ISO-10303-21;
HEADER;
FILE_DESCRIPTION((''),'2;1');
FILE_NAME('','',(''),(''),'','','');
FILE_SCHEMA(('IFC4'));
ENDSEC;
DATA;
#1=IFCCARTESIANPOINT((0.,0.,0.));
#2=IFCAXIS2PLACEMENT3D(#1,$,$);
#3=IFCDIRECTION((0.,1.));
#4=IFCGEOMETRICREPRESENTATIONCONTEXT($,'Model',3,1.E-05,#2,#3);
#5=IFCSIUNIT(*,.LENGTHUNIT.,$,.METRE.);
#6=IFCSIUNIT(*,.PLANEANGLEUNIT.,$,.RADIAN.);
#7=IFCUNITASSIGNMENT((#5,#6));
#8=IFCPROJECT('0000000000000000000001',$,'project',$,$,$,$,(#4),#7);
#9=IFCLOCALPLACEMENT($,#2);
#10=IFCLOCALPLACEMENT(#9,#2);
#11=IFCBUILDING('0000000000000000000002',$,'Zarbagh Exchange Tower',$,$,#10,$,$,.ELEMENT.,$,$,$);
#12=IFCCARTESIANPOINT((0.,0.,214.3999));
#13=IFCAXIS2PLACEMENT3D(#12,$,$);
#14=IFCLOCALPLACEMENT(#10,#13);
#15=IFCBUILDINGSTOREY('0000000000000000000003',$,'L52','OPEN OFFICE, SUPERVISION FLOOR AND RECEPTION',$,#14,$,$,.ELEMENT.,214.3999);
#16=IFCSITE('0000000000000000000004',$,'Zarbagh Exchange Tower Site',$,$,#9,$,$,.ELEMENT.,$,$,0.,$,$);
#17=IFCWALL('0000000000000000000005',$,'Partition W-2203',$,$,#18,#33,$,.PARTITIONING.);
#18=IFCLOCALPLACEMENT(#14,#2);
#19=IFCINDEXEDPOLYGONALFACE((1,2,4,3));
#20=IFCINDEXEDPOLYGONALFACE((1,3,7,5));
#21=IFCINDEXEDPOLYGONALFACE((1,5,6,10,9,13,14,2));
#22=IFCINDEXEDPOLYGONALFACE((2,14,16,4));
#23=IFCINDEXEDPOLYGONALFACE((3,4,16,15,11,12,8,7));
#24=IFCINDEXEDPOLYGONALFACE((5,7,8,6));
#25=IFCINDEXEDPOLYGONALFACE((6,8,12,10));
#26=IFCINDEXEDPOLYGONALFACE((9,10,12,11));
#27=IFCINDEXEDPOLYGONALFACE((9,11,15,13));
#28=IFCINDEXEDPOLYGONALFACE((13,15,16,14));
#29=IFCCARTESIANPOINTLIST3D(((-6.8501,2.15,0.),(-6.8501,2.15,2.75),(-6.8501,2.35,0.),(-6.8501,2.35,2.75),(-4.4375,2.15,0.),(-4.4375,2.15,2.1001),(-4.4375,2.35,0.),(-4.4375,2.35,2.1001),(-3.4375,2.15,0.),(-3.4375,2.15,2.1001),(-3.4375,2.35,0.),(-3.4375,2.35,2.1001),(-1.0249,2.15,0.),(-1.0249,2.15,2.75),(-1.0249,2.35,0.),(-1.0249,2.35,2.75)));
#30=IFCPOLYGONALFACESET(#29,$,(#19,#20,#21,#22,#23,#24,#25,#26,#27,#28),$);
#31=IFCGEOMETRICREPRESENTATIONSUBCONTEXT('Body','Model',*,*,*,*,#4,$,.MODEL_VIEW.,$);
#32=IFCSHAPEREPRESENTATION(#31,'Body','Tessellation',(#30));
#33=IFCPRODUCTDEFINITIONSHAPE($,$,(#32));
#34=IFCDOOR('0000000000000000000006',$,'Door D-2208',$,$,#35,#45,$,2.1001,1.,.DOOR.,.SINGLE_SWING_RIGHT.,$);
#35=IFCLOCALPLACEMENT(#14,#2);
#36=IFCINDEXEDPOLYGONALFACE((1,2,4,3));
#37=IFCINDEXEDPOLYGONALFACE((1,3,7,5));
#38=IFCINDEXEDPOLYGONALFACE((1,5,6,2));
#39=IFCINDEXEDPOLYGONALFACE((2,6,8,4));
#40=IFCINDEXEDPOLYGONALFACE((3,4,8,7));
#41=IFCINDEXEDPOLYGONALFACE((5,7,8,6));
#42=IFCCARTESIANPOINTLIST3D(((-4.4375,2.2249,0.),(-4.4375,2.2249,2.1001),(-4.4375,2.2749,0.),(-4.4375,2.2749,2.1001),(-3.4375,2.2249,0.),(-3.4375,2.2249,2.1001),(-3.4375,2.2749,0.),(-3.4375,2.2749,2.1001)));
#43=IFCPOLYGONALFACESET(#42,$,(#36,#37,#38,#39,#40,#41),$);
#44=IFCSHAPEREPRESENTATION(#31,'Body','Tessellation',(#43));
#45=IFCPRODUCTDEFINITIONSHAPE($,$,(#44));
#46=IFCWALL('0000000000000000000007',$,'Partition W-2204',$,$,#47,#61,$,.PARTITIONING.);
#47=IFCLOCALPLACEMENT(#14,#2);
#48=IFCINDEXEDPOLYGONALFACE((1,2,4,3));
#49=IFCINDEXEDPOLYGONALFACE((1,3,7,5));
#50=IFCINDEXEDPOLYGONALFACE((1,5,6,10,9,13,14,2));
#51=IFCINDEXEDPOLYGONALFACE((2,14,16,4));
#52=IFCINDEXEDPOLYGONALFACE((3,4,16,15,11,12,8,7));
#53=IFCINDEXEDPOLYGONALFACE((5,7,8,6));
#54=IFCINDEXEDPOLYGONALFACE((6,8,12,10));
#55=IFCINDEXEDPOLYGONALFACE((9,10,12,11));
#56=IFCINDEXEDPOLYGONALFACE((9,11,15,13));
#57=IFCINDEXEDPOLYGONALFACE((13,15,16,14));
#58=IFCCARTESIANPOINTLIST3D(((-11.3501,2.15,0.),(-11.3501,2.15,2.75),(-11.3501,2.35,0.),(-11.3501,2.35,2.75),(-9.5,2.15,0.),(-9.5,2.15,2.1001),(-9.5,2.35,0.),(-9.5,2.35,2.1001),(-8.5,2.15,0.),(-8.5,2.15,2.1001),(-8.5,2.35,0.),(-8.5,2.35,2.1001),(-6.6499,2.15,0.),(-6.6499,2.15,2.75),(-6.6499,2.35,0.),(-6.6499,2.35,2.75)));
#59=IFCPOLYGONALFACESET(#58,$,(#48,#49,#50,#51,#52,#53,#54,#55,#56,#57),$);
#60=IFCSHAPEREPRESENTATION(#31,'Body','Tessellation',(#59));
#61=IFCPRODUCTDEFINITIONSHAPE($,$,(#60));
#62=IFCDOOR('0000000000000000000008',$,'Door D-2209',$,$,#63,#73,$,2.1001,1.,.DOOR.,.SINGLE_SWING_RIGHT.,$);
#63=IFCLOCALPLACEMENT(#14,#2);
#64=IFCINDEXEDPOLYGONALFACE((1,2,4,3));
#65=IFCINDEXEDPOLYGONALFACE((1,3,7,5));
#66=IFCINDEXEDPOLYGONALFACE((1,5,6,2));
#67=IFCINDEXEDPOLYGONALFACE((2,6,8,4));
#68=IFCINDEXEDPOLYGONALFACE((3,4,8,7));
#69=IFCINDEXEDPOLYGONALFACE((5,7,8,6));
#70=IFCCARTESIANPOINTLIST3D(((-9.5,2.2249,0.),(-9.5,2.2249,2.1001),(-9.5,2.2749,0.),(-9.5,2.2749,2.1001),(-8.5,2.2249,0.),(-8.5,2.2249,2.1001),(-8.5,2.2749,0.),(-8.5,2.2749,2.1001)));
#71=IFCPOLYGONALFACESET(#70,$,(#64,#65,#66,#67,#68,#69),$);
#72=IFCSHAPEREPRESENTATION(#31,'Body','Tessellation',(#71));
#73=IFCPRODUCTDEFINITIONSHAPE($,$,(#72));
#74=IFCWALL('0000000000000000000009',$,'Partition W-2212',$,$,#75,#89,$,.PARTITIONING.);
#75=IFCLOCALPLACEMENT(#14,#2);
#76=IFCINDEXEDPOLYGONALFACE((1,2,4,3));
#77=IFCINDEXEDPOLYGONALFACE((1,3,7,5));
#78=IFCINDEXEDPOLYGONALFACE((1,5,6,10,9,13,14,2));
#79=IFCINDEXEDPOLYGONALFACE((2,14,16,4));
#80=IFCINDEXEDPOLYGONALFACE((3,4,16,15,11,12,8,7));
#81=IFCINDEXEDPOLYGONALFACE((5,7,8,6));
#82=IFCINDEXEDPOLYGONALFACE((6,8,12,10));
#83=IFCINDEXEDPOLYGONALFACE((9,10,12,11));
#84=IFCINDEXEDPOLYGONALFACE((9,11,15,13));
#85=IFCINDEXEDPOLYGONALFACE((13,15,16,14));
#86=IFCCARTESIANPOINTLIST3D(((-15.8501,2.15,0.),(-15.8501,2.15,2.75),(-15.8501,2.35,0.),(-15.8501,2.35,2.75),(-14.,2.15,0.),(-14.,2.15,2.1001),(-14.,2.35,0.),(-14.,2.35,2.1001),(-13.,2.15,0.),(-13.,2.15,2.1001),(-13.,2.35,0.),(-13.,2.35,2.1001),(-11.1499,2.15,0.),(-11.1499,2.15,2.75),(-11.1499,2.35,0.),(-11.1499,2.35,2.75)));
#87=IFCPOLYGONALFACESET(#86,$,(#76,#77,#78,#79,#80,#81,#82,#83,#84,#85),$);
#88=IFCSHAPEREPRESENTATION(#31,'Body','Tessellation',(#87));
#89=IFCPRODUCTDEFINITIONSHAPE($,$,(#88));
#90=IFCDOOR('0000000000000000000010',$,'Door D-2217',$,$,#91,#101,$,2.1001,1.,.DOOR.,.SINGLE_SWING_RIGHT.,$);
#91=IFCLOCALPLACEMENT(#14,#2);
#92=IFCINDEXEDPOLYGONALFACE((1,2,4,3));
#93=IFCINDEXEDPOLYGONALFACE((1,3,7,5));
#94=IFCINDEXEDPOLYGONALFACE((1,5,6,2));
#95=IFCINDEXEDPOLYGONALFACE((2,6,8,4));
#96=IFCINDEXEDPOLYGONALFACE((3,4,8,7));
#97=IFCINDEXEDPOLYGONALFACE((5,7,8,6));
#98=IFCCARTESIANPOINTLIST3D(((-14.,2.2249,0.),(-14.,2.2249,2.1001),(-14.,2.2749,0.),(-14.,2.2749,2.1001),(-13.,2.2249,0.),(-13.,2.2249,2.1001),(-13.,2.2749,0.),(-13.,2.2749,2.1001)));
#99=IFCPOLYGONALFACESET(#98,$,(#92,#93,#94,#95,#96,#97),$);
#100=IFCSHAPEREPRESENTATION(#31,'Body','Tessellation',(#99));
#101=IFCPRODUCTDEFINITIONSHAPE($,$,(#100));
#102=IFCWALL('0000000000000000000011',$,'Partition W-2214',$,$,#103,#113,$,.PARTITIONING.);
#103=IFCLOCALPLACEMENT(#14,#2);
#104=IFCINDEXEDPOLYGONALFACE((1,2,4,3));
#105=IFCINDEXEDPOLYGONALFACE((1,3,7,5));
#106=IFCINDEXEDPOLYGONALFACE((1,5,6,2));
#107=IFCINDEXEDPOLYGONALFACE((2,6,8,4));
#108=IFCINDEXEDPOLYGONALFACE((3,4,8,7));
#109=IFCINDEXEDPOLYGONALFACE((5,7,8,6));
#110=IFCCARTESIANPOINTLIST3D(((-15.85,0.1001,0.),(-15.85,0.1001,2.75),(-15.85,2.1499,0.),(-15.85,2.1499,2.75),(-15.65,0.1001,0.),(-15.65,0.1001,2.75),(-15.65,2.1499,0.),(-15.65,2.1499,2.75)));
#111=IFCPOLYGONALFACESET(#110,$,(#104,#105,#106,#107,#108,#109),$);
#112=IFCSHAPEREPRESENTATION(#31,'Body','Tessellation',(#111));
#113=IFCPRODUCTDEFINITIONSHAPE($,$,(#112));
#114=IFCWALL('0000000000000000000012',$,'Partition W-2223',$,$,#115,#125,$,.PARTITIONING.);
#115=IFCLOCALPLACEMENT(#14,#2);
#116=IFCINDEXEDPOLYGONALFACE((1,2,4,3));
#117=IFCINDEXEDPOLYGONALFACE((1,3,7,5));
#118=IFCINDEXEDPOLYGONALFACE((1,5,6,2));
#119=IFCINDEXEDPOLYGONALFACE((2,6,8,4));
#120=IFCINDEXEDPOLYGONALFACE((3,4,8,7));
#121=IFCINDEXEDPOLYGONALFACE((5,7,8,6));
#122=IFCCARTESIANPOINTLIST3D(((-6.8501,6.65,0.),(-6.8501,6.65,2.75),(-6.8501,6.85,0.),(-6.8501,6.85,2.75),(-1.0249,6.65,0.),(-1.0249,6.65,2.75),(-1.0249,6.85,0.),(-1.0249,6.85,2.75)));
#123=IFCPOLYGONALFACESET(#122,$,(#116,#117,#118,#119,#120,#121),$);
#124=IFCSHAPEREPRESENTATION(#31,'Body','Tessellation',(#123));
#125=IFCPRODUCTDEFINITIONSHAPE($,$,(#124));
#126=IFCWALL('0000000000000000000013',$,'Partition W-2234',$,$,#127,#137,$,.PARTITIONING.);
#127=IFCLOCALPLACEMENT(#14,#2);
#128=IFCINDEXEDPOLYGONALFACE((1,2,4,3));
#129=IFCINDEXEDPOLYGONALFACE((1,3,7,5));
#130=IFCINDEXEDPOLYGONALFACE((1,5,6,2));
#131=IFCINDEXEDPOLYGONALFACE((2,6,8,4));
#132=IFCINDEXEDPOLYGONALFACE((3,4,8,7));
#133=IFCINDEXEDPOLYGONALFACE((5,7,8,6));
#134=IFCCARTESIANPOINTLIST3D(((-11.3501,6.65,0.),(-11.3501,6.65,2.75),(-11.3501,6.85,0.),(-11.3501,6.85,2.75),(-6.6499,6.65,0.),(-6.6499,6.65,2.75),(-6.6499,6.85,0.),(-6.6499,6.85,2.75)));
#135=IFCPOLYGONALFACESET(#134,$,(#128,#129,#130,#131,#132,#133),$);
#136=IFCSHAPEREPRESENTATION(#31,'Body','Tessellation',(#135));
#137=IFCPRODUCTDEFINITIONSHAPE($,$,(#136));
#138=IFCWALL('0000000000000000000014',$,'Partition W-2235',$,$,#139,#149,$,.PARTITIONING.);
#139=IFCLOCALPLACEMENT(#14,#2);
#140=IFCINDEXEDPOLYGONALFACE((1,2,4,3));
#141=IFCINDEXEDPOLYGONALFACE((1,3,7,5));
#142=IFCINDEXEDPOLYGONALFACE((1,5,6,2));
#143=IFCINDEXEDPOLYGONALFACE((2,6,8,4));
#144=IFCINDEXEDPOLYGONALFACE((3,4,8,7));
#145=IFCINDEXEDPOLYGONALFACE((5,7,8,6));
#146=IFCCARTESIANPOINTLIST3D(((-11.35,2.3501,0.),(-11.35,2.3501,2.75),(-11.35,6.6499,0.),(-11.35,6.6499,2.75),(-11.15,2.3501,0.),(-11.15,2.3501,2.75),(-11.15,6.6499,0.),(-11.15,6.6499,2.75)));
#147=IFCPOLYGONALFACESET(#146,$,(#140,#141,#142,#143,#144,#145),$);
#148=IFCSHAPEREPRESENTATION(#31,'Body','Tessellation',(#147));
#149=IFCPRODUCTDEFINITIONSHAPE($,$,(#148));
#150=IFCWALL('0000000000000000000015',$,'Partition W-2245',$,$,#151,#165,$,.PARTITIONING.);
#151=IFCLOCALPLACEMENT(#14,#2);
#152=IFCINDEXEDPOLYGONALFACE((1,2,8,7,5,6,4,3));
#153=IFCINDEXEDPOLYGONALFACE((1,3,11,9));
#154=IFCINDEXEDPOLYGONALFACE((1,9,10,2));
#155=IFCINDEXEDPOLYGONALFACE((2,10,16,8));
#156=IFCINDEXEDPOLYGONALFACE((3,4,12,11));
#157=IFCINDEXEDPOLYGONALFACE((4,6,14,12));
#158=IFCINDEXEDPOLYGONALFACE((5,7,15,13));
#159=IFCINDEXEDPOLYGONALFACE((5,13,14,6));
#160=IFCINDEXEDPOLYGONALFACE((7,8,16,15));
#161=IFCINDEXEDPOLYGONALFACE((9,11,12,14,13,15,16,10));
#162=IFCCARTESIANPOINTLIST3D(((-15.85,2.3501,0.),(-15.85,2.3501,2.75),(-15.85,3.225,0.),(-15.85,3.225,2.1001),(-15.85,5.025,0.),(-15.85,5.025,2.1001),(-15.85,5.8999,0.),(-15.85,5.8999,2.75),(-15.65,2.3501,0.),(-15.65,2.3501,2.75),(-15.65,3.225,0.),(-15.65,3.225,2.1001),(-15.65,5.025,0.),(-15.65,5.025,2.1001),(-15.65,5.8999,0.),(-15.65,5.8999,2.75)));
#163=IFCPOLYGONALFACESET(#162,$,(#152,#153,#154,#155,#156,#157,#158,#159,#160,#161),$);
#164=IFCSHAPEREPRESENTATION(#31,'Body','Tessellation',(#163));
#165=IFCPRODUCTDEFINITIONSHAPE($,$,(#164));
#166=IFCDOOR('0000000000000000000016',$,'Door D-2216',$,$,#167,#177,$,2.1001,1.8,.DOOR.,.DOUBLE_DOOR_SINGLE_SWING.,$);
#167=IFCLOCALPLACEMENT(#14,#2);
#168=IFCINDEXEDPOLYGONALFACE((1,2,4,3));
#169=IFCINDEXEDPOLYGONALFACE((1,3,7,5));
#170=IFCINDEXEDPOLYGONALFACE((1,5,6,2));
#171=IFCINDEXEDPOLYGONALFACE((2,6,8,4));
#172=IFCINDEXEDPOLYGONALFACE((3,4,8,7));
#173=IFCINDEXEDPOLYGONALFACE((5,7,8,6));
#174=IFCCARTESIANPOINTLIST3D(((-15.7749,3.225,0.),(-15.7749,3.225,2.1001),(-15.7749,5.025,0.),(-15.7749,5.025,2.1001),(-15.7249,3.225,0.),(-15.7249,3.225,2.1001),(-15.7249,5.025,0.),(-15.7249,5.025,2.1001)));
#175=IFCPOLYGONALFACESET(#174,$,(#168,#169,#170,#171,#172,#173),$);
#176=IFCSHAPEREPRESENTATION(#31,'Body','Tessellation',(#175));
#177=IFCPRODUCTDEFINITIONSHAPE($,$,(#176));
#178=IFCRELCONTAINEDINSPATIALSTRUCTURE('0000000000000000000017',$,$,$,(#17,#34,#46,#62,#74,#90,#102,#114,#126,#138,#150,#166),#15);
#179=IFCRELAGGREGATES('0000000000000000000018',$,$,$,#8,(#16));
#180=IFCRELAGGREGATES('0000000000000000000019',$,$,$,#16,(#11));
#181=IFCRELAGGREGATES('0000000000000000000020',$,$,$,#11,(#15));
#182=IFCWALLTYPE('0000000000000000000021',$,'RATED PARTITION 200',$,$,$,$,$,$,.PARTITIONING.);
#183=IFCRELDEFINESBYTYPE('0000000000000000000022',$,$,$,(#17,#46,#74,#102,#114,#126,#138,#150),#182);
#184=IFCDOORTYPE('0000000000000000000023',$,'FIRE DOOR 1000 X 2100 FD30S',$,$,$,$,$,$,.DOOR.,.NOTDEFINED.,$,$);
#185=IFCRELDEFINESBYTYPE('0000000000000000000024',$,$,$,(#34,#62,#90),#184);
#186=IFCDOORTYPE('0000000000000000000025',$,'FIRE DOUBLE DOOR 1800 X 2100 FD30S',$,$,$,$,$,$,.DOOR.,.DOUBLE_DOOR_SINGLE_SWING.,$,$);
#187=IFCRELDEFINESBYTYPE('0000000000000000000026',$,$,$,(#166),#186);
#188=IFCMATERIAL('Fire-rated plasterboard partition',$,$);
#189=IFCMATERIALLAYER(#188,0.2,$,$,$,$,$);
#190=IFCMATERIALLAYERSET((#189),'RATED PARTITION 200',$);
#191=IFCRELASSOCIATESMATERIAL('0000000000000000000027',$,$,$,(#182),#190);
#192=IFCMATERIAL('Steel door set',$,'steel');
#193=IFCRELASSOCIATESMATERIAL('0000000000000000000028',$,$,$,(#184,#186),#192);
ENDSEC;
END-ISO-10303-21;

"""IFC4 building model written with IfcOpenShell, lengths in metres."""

from ifc_helpers import new_model, si_unit, direction, frame, frame_2d, origin, place, context, subcontext, project, spatial, rectangle, extrude, material, layer, layer_set, type_object, element, fill, save


model = new_model("IFC4")

# Units and contexts
model_context = context("Model", 3, precision=1e-05, world=origin(), true_north=direction((0.0, 1.0)))
body_context = subcontext(model_context, "Body", "Model", "MODEL_VIEW")
ifc_project = project(units=[si_unit("LENGTHUNIT", "METRE"), si_unit("PLANEANGLEUNIT", "RADIAN")], contexts=[model_context])

# Site, building, storey
site_placement = place(None, origin())
site = spatial("IfcSite", under=ifc_project, at=site_placement, Name="Zarbagh Exchange Tower Site", CompositionType="ELEMENT", RefElevation=0.0)
building_placement = place(site_placement, origin())
building = spatial("IfcBuilding", under=site, at=building_placement, Name="Zarbagh Exchange Tower", CompositionType="ELEMENT")
storey_placement = place(building_placement, frame((0.0, 0.0, 214.3999)))
storey = spatial("IfcBuildingStorey", under=building, at=storey_placement, Name="L52", Description="OPEN OFFICE, SUPERVISION FLOOR AND RECEPTION", CompositionType="ELEMENT", Elevation=214.3999)

# Walls, openings, doors
ifc_material_1 = material(Name="Fire-rated plasterboard partition")
ifc_layer = layer(ifc_material_1, 0.2)
ifc_layer_set = layer_set([ifc_layer], Name="RATED PARTITION 200")
wall_type = type_object("IfcWallType", Name="RATED PARTITION 200", PredefinedType="PARTITIONING", material=ifc_layer_set)
wall_1_placement = place(storey_placement, frame((-6.8501, 2.25, 0.0), z_axis=(0.0, 0.0, 1.0), x_axis=(1.0, 0.0, 0.0)))
wall_1 = element("IfcWall", 1, at=wall_1_placement, inside=storey, type_object=wall_type, Name="Partition W-2203", PredefinedType="PARTITIONING", context=body_context, shape_type="SweptSolid", body=[
    extrude(rectangle(XDim=5.8252, YDim=0.2, at=frame_2d((2.9126, 0.0))), origin(), (0.0, 0.0, 1.0), 2.75),
])
opening_1_placement = place(wall_1_placement, frame((2.4126, 0.0, 0.0)))
opening_1 = element("IfcOpeningElement", 2, at=opening_1_placement, cuts=wall_1, PredefinedType="OPENING", context=body_context, shape_type="SweptSolid", body=[
    extrude(rectangle(XDim=1.0, YDim=2.1001, at=frame_2d((0.5, 1.05))), frame((0.0, 0.1099, 0.0), z_axis=(0.0, -1.0, 0.0), x_axis=(1.0, 0.0, 0.0)), (0.0, 0.0, 1.0), 0.22),
])
ifc_material_2 = material(Name="Steel door set", Category="steel")
door_type_1 = type_object("IfcDoorType", Name="FIRE DOOR 1000 X 2100 FD30S", OperationType="NOTDEFINED", PredefinedType="DOOR", material=ifc_material_2)
door_1_placement = place(opening_1_placement, origin())
door_1 = element("IfcDoor", 3, at=door_1_placement, inside=storey, type_object=door_type_1, Name="Door D-2208", OperationType="SINGLE_SWING_RIGHT", OverallHeight=2.1001, OverallWidth=1.0, PredefinedType="DOOR", context=body_context, shape_type="SweptSolid", body=[
    extrude(rectangle(XDim=1.0, YDim=2.1001, at=frame_2d((0.5, 1.05))), frame((0.0, 0.0249, 0.0), z_axis=(0.0, -1.0, 0.0), x_axis=(1.0, 0.0, 0.0)), (0.0, 0.0, 1.0), 0.05),
])
fill(opening_1, door_1)
wall_2_placement = place(storey_placement, frame((-11.3501, 2.25, 0.0), z_axis=(0.0, 0.0, 1.0), x_axis=(1.0, 0.0, 0.0)))
wall_2 = element("IfcWall", 4, at=wall_2_placement, inside=storey, type_object=wall_type, Name="Partition W-2204", PredefinedType="PARTITIONING", context=body_context, shape_type="SweptSolid", body=[
    extrude(rectangle(XDim=4.7002, YDim=0.2, at=frame_2d((2.3501, 0.0))), origin(), (0.0, 0.0, 1.0), 2.75),
])
opening_2_placement = place(wall_2_placement, frame((1.8501, 0.0, 0.0)))
opening_2 = element("IfcOpeningElement", 5, at=opening_2_placement, cuts=wall_2, PredefinedType="OPENING", context=body_context, shape_type="SweptSolid", body=[
    extrude(rectangle(XDim=1.0, YDim=2.1001, at=frame_2d((0.5, 1.05))), frame((0.0, 0.1099, 0.0), z_axis=(0.0, -1.0, 0.0), x_axis=(1.0, 0.0, 0.0)), (0.0, 0.0, 1.0), 0.22),
])
door_2_placement = place(opening_2_placement, origin())
door_2 = element("IfcDoor", 6, at=door_2_placement, inside=storey, type_object=door_type_1, Name="Door D-2209", OperationType="SINGLE_SWING_RIGHT", OverallHeight=2.1001, OverallWidth=1.0, PredefinedType="DOOR", context=body_context, shape_type="SweptSolid", body=[
    extrude(rectangle(XDim=1.0, YDim=2.1001, at=frame_2d((0.5, 1.05))), frame((0.0, 0.0249, 0.0), z_axis=(0.0, -1.0, 0.0), x_axis=(1.0, 0.0, 0.0)), (0.0, 0.0, 1.0), 0.05),
])
fill(opening_2, door_2)
wall_3_placement = place(storey_placement, frame((-15.8501, 2.25, 0.0), z_axis=(0.0, 0.0, 1.0), x_axis=(1.0, 0.0, 0.0)))
wall_3 = element("IfcWall", 7, at=wall_3_placement, inside=storey, type_object=wall_type, Name="Partition W-2212", PredefinedType="PARTITIONING", context=body_context, shape_type="SweptSolid", body=[
    extrude(rectangle(XDim=4.7002, YDim=0.2, at=frame_2d((2.3501, 0.0))), origin(), (0.0, 0.0, 1.0), 2.75),
])
opening_3_placement = place(wall_3_placement, frame((1.8501, 0.0, 0.0)))
opening_3 = element("IfcOpeningElement", 8, at=opening_3_placement, cuts=wall_3, PredefinedType="OPENING", context=body_context, shape_type="SweptSolid", body=[
    extrude(rectangle(XDim=1.0, YDim=2.1001, at=frame_2d((0.5, 1.05))), frame((0.0, 0.1099, 0.0), z_axis=(0.0, -1.0, 0.0), x_axis=(1.0, 0.0, 0.0)), (0.0, 0.0, 1.0), 0.22),
])
door_3_placement = place(opening_3_placement, origin())
door_3 = element("IfcDoor", 9, at=door_3_placement, inside=storey, type_object=door_type_1, Name="Door D-2217", OperationType="SINGLE_SWING_RIGHT", OverallHeight=2.1001, OverallWidth=1.0, PredefinedType="DOOR", context=body_context, shape_type="SweptSolid", body=[
    extrude(rectangle(XDim=1.0, YDim=2.1001, at=frame_2d((0.5, 1.05))), frame((0.0, 0.0249, 0.0), z_axis=(0.0, -1.0, 0.0), x_axis=(1.0, 0.0, 0.0)), (0.0, 0.0, 1.0), 0.05),
])
fill(opening_3, door_3)

# Walls
wall_4_placement = place(storey_placement, frame((-15.75, 0.1001, 0.0), z_axis=(0.0, 0.0, 1.0), x_axis=(0.0, 1.0, 0.0)))
element("IfcWall", 10, at=wall_4_placement, inside=storey, type_object=wall_type, Name="Partition W-2214", PredefinedType="PARTITIONING", context=body_context, shape_type="SweptSolid", body=[
    extrude(rectangle(XDim=2.0498, YDim=0.2, at=frame_2d((1.0249, 0.0))), origin(), (0.0, 0.0, 1.0), 2.75),
])
wall_5_placement = place(storey_placement, frame((-6.8501, 6.75, 0.0), z_axis=(0.0, 0.0, 1.0), x_axis=(1.0, 0.0, 0.0)))
element("IfcWall", 11, at=wall_5_placement, inside=storey, type_object=wall_type, Name="Partition W-2223", PredefinedType="PARTITIONING", context=body_context, shape_type="SweptSolid", body=[
    extrude(rectangle(XDim=5.8252, YDim=0.2, at=frame_2d((2.9126, 0.0))), origin(), (0.0, 0.0, 1.0), 2.75),
])
wall_6_placement = place(storey_placement, frame((-11.3501, 6.75, 0.0), z_axis=(0.0, 0.0, 1.0), x_axis=(1.0, 0.0, 0.0)))
element("IfcWall", 12, at=wall_6_placement, inside=storey, type_object=wall_type, Name="Partition W-2234", PredefinedType="PARTITIONING", context=body_context, shape_type="SweptSolid", body=[
    extrude(rectangle(XDim=4.7002, YDim=0.2, at=frame_2d((2.3501, 0.0))), origin(), (0.0, 0.0, 1.0), 2.75),
])
wall_7_placement = place(storey_placement, frame((-11.25, 2.3501, 0.0), z_axis=(0.0, 0.0, 1.0), x_axis=(0.0, 1.0, 0.0)))
element("IfcWall", 13, at=wall_7_placement, inside=storey, type_object=wall_type, Name="Partition W-2235", PredefinedType="PARTITIONING", context=body_context, shape_type="SweptSolid", body=[
    extrude(rectangle(XDim=4.2998, YDim=0.2, at=frame_2d((2.1499, 0.0))), origin(), (0.0, 0.0, 1.0), 2.75),
])

# Wall, opening, door
wall_8_placement = place(storey_placement, frame((-15.75, 2.3501, 0.0), z_axis=(0.0, 0.0, 1.0), x_axis=(0.0, 1.0, 0.0)))
wall_8 = element("IfcWall", 14, at=wall_8_placement, inside=storey, type_object=wall_type, Name="Partition W-2245", PredefinedType="PARTITIONING", context=body_context, shape_type="SweptSolid", body=[
    extrude(rectangle(XDim=3.5498, YDim=0.2, at=frame_2d((1.7749, 0.0))), origin(), (0.0, 0.0, 1.0), 2.75),
])
opening_4_placement = place(wall_8_placement, frame((0.875, 0.0, 0.0)))
opening_4 = element("IfcOpeningElement", 15, at=opening_4_placement, cuts=wall_8, PredefinedType="OPENING", context=body_context, shape_type="SweptSolid", body=[
    extrude(rectangle(XDim=1.8, YDim=2.1001, at=frame_2d((0.8999, 1.05))), frame((0.0, 0.1099, 0.0), z_axis=(0.0, -1.0, 0.0), x_axis=(1.0, 0.0, 0.0)), (0.0, 0.0, 1.0), 0.22),
])
door_type_2 = type_object("IfcDoorType", Name="FIRE DOUBLE DOOR 1800 X 2100 FD30S", OperationType="DOUBLE_DOOR_SINGLE_SWING", PredefinedType="DOOR", material=ifc_material_2)
door_4_placement = place(opening_4_placement, origin())
door_4 = element("IfcDoor", 16, at=door_4_placement, inside=storey, type_object=door_type_2, Name="Door D-2216", OperationType="DOUBLE_DOOR_SINGLE_SWING", OverallHeight=2.1001, OverallWidth=1.8, PredefinedType="DOOR", context=body_context, shape_type="SweptSolid", body=[
    extrude(rectangle(XDim=1.8, YDim=2.1001, at=frame_2d((0.8999, 1.05))), frame((0.0, 0.0249, 0.0), z_axis=(0.0, -1.0, 0.0), x_axis=(1.0, 0.0, 0.0)), (0.0, 0.0, 1.0), 0.05),
])
fill(opening_4, door_4)

save(model, "model.ifc")
